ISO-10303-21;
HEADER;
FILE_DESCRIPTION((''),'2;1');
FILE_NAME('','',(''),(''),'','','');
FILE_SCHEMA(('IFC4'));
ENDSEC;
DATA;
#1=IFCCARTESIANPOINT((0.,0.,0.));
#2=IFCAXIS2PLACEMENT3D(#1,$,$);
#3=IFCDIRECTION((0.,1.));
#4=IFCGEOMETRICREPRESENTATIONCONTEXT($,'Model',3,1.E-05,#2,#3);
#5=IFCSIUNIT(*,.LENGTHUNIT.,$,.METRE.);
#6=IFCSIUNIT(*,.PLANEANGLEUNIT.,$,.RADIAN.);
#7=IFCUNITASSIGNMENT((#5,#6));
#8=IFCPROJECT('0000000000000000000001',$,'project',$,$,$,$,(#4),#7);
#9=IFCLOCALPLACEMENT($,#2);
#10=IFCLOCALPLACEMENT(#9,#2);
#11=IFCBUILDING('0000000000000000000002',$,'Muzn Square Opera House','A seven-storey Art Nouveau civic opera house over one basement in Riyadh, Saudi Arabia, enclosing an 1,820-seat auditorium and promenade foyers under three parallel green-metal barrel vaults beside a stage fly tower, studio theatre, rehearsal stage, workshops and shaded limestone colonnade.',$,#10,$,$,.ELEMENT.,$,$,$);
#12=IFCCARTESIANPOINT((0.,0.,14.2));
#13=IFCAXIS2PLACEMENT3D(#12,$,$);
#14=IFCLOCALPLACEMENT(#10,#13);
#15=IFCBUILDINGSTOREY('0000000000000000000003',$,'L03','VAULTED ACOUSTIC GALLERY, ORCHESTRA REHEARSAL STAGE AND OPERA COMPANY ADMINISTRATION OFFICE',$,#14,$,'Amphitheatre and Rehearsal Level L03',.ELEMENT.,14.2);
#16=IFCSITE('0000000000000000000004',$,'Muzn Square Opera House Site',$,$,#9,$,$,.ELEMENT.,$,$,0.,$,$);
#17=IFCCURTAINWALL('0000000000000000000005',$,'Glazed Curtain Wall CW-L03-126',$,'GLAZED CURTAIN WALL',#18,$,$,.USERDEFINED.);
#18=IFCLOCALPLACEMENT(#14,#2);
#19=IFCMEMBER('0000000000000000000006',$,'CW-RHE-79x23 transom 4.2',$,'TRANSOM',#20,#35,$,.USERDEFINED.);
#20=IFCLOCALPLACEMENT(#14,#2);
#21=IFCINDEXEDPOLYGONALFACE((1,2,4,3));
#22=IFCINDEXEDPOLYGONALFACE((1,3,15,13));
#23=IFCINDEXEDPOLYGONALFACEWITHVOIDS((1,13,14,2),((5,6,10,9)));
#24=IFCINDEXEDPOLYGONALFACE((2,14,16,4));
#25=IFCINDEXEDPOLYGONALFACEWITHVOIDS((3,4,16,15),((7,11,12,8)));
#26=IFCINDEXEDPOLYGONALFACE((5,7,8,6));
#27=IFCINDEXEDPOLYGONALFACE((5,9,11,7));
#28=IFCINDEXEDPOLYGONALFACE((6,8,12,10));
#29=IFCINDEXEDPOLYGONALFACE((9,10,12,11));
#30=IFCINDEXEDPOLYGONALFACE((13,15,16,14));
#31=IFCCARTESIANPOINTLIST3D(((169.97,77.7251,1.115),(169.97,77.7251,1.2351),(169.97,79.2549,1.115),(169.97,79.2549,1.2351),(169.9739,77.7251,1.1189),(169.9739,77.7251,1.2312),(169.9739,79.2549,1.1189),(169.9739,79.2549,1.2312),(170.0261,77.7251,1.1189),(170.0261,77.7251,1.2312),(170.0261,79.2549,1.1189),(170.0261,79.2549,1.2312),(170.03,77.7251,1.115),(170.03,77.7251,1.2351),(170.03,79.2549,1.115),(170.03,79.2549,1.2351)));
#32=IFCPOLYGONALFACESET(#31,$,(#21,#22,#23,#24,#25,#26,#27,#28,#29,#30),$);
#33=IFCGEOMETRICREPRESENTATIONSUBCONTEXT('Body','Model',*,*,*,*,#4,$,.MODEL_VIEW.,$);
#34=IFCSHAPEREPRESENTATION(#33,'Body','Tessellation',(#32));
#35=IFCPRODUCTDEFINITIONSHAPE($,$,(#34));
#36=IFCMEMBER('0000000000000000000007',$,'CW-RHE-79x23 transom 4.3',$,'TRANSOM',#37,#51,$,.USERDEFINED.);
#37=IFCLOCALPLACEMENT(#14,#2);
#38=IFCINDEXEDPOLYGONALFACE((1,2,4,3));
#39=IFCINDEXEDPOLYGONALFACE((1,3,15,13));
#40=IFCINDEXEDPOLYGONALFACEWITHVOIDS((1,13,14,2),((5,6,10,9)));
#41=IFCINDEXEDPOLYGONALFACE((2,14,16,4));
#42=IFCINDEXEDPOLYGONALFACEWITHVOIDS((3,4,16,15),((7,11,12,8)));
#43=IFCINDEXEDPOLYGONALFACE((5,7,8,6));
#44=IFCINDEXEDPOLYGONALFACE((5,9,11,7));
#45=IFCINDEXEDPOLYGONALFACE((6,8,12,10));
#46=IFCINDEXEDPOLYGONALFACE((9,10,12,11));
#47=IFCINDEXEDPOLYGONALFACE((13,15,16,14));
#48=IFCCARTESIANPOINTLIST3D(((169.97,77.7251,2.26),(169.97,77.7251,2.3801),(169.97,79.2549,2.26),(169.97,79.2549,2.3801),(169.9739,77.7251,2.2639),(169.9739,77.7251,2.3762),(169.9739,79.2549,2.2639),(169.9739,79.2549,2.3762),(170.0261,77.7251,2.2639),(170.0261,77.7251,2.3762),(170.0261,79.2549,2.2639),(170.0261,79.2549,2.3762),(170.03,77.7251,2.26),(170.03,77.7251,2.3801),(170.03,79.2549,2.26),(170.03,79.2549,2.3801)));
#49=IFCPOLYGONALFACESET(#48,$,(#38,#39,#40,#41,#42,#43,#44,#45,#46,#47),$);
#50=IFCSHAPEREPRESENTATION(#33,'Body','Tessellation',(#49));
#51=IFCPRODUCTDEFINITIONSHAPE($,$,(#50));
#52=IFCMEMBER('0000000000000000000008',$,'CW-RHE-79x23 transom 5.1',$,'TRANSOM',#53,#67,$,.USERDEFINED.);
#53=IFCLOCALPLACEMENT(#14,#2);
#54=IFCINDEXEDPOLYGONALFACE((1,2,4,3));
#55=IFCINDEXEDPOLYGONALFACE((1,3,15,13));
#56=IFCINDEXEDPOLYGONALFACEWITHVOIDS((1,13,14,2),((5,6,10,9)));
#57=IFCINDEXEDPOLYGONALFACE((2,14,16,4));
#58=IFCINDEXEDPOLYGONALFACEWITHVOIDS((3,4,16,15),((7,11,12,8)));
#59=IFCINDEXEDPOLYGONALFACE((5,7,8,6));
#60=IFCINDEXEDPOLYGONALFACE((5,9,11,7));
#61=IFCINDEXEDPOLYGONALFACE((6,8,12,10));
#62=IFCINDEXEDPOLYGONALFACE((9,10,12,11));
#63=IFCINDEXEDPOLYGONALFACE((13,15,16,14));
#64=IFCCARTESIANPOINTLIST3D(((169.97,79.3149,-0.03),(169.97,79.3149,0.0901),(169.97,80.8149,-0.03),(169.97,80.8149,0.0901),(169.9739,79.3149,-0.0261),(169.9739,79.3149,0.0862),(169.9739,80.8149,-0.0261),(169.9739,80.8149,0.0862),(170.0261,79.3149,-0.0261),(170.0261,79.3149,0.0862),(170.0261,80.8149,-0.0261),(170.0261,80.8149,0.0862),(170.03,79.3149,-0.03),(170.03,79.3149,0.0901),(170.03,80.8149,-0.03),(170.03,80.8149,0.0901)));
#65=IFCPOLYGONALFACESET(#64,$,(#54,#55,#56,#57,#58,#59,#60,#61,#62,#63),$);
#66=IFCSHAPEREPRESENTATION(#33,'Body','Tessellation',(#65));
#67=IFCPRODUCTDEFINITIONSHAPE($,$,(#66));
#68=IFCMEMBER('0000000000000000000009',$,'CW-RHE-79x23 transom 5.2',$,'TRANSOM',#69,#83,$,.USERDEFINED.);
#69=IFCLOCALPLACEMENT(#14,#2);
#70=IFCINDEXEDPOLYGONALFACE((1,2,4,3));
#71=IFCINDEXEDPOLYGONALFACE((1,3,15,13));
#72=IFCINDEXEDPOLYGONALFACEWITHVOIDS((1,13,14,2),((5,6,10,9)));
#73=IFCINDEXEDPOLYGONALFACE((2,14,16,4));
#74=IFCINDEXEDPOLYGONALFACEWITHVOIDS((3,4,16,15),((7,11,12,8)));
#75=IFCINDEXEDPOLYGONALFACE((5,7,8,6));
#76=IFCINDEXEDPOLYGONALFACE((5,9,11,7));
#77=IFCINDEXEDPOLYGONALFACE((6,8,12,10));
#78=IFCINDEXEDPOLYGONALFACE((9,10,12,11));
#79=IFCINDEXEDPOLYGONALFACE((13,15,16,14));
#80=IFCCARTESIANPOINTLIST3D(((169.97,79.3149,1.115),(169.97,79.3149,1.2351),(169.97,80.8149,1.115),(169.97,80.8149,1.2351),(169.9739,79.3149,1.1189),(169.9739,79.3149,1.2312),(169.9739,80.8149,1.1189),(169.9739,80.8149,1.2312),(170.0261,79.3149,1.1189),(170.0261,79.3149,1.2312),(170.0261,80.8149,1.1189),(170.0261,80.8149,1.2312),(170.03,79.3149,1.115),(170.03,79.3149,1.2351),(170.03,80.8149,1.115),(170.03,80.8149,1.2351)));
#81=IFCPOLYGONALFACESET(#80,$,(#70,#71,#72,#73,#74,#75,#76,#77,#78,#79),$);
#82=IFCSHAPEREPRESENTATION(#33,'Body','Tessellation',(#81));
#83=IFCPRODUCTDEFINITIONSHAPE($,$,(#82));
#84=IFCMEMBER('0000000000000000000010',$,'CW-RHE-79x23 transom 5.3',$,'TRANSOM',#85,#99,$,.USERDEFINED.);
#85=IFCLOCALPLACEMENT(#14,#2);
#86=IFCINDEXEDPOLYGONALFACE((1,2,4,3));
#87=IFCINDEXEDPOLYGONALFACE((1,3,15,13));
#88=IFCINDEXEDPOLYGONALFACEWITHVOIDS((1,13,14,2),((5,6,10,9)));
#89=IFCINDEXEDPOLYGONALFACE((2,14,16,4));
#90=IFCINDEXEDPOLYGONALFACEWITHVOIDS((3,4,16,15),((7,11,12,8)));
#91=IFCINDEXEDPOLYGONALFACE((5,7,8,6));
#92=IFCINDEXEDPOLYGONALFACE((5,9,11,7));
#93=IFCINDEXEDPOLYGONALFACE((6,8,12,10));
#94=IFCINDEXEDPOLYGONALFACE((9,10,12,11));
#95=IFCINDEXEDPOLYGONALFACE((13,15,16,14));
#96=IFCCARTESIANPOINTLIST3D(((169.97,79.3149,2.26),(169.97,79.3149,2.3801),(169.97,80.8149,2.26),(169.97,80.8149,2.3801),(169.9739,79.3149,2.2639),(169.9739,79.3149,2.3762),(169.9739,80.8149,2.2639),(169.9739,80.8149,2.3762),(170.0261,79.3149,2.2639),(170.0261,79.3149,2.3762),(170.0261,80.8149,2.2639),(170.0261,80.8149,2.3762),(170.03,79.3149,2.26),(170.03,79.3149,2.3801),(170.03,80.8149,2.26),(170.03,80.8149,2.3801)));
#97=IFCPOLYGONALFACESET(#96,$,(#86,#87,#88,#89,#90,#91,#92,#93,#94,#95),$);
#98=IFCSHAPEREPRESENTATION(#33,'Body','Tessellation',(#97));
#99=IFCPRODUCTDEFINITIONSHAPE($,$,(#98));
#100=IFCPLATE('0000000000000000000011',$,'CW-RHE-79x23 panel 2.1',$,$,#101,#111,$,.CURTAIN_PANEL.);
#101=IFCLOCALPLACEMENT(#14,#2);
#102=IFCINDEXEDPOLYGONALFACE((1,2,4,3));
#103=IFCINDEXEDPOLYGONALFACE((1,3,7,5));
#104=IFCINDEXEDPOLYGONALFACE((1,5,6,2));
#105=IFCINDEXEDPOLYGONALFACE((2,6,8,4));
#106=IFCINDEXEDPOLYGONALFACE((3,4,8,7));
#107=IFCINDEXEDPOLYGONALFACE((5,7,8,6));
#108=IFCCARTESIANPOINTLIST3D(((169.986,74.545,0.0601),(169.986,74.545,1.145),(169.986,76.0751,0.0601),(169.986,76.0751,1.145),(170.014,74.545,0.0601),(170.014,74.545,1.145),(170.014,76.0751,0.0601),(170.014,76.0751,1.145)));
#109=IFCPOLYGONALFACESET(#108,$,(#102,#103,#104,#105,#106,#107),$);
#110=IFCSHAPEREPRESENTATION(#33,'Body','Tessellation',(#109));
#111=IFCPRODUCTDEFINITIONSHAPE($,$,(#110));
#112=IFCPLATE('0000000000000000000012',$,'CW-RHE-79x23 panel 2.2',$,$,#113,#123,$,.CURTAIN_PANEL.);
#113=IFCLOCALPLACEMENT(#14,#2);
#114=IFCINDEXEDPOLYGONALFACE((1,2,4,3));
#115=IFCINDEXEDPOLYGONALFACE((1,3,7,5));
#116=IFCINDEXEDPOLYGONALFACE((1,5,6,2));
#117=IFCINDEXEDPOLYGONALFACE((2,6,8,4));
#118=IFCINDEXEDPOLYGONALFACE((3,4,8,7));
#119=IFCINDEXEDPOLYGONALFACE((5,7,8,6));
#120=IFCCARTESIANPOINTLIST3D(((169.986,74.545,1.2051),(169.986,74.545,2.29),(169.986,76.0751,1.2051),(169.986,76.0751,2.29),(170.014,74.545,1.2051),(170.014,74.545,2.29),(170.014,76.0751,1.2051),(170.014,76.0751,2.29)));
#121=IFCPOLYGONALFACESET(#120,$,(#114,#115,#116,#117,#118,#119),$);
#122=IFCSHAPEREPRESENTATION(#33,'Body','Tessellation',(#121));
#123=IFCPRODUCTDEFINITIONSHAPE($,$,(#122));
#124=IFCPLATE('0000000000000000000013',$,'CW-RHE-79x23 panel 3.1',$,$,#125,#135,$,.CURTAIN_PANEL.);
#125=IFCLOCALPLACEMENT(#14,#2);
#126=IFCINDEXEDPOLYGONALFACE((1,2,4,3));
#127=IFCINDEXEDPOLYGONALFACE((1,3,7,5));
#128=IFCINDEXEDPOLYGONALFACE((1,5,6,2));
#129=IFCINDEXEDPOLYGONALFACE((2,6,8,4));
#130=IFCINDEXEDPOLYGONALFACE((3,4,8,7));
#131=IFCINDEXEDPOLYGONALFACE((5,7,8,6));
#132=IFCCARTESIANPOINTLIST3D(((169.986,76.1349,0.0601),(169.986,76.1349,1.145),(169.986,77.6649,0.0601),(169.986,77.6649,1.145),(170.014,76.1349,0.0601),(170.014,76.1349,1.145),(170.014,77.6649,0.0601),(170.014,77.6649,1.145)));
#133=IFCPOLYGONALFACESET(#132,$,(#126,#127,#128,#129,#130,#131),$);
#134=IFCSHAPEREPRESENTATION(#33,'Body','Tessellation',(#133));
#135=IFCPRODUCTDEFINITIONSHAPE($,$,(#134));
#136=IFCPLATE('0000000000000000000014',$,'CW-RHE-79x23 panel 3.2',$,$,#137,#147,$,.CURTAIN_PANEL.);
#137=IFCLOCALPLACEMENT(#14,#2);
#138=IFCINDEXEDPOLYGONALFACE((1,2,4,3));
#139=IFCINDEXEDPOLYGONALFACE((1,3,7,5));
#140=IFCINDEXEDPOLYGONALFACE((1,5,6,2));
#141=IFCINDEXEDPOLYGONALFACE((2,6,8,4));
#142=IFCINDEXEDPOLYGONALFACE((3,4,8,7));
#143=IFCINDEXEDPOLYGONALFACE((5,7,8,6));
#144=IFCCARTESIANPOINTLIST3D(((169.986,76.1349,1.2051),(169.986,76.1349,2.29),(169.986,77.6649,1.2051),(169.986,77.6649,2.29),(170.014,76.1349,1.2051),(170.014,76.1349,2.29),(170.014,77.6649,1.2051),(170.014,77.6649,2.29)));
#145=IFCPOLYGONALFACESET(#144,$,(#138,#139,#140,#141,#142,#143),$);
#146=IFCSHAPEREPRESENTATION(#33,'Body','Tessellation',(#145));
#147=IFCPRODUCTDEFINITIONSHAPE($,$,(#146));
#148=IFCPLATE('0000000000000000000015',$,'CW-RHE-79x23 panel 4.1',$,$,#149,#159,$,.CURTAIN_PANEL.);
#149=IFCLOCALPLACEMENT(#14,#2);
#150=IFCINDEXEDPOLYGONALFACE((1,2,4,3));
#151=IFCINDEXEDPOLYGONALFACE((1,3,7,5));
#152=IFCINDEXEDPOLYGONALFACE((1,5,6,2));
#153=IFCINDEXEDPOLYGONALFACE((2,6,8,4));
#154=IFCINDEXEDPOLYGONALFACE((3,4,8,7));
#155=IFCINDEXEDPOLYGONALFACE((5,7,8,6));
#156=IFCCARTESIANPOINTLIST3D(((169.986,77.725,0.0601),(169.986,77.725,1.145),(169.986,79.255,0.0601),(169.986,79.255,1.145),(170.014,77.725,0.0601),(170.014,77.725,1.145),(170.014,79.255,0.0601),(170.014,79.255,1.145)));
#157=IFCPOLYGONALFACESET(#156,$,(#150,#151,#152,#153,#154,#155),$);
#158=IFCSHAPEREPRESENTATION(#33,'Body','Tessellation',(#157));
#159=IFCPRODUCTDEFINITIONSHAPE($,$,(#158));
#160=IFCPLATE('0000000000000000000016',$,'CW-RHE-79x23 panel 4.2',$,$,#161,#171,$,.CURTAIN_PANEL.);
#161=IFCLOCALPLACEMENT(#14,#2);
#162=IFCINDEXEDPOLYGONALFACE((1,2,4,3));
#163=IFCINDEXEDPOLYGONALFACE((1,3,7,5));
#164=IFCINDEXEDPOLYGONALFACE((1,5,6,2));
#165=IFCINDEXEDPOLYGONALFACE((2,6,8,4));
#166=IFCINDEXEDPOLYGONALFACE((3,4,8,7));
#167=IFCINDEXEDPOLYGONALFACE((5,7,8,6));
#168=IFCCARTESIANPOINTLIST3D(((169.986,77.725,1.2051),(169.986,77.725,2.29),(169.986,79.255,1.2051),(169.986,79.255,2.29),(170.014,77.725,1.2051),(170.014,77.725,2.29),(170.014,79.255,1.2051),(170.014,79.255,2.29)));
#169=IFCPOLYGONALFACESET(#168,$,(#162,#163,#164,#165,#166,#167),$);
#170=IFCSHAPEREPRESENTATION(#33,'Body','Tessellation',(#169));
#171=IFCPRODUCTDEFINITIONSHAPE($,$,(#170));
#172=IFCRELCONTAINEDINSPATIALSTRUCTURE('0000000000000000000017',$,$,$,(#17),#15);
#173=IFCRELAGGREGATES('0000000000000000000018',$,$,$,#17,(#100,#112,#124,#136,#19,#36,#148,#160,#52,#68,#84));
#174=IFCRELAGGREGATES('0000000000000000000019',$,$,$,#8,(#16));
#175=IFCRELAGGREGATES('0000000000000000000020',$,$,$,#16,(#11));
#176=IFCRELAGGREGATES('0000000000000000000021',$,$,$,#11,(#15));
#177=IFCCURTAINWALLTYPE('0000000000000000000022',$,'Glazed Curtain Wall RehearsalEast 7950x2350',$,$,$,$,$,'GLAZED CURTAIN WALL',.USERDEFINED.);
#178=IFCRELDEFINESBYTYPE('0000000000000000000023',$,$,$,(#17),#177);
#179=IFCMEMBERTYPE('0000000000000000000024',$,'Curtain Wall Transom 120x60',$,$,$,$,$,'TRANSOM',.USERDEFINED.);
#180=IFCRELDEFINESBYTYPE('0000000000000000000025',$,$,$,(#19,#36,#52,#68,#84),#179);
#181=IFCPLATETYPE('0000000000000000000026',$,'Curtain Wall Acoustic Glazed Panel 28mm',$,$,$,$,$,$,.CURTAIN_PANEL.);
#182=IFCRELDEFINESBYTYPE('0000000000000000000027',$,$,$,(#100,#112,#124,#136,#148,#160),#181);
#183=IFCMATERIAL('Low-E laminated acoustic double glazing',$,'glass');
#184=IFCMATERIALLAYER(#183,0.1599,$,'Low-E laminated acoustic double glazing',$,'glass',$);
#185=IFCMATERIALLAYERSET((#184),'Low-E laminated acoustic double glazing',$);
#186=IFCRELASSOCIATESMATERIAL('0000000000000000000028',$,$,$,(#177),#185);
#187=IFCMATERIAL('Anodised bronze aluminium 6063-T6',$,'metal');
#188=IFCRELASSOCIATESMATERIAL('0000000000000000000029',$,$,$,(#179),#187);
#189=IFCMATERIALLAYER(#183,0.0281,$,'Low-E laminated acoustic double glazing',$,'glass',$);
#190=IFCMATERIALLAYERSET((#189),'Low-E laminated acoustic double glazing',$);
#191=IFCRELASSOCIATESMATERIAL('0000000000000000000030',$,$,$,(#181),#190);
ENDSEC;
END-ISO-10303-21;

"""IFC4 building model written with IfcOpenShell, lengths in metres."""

from ifc_helpers import new_model, si_unit, direction, frame, origin, origin_2d, place, context, subcontext, project, spatial, rectangle, hollow_rectangle, extrude, material, layer, layer_set, material_profile, profile_set, type_object, element, aggregate, save


model = new_model("IFC4")

# Units and contexts
model_context = context("Model", 3, precision=1e-05, world=origin(), true_north=direction((0.0, 1.0)))
body_context = subcontext(model_context, "Body", "Model", "MODEL_VIEW")
ifc_project = project(units=[si_unit("LENGTHUNIT", "METRE"), si_unit("PLANEANGLEUNIT", "RADIAN")], contexts=[model_context])

# Site, building, storey
site_placement = place(None, origin())
site = spatial("IfcSite", under=ifc_project, at=site_placement, Name="Muzn Square Opera House Site", CompositionType="ELEMENT", RefElevation=0.0)
building_placement = place(site_placement, origin())
building = spatial("IfcBuilding", under=site, at=building_placement, Name="Muzn Square Opera House", Description="A seven-storey Art Nouveau civic opera house over one basement in Riyadh, Saudi Arabia, enclosing an 1,820-seat auditorium and promenade foyers under three parallel green-metal barrel vaults beside a stage fly tower, studio theatre, rehearsal stage, workshops and shaded limestone colonnade.", CompositionType="ELEMENT")
storey_placement = place(building_placement, frame((0.0, 0.0, 14.2)))
storey = spatial("IfcBuildingStorey", under=building, at=storey_placement, Name="L03", Description="VAULTED ACOUSTIC GALLERY, ORCHESTRA REHEARSAL STAGE AND OPERA COMPANY ADMINISTRATION OFFICE", LongName="Amphitheatre and Rehearsal Level L03", CompositionType="ELEMENT", Elevation=14.2)

# Curtain wall, members, plates
ifc_material_1 = material(Name="Low-E laminated acoustic double glazing", Category="glass")
ifc_layer_1 = layer(ifc_material_1, 0.1599, Name="Low-E laminated acoustic double glazing", Category="glass")
ifc_layer_set_1 = layer_set([ifc_layer_1], Name="Low-E laminated acoustic double glazing")
curtain_wall_type = type_object("IfcCurtainWallType", Name="Glazed Curtain Wall RehearsalEast 7950x2350", ElementType="GLAZED CURTAIN WALL", PredefinedType="USERDEFINED", material=ifc_layer_set_1)
curtain_wall_placement = place(storey_placement, origin())
curtain_wall = element("IfcCurtainWall", 1, at=curtain_wall_placement, inside=storey, type_object=curtain_wall_type, Name="Glazed Curtain Wall CW-L03-126", ObjectType="GLAZED CURTAIN WALL", PredefinedType="USERDEFINED")
ifc_material_2 = material(Name="Anodised bronze aluminium 6063-T6", Category="metal")
ifc_material_profile_1 = material_profile(ifc_material_2, hollow_rectangle(XDim=0.0601, YDim=0.1201, WallThickness=0.0039, at=origin_2d()), Name="ALU 120x60x4", Category="metal")
ifc_profile_set_1 = profile_set([ifc_material_profile_1], Name="Anodised bronze aluminium 6063-T6")
member_type_1 = type_object("IfcMemberType", Name="Curtain Wall Transom 120x60", ElementType="TRANSOM", PredefinedType="USERDEFINED", material=ifc_profile_set_1)
member_1_placement = place(storey_placement, frame((170.0, 77.7251, 1.175), z_axis=(0.0, 1.0, 0.0), x_axis=(-1.0, 0.0, 0.0)))
member_1 = element("IfcMember", 2, at=member_1_placement, type_object=member_type_1, Name="CW-RHE-79x23 transom 4.2", ObjectType="TRANSOM", PredefinedType="USERDEFINED", context=body_context, shape_type="SweptSolid", body=[
    extrude(hollow_rectangle(XDim=0.0601, YDim=0.1201, WallThickness=0.0039, at=origin_2d()), origin(), (0.0, 0.0, 1.0), 1.5298),
])
member_2_placement = place(storey_placement, frame((170.0, 77.7251, 2.3201), z_axis=(0.0, 1.0, 0.0), x_axis=(-1.0, 0.0, 0.0)))
member_2 = element("IfcMember", 3, at=member_2_placement, type_object=member_type_1, Name="CW-RHE-79x23 transom 4.3", ObjectType="TRANSOM", PredefinedType="USERDEFINED", context=body_context, shape_type="SweptSolid", body=[
    extrude(hollow_rectangle(XDim=0.0601, YDim=0.1201, WallThickness=0.0039, at=origin_2d()), origin(), (0.0, 0.0, 1.0), 1.5298),
])
member_3_placement = place(storey_placement, frame((170.0, 79.3149, 0.03), z_axis=(0.0, 1.0, 0.0), x_axis=(-1.0, 0.0, 0.0)))
member_3 = element("IfcMember", 4, at=member_3_placement, type_object=member_type_1, Name="CW-RHE-79x23 transom 5.1", ObjectType="TRANSOM", PredefinedType="USERDEFINED", context=body_context, shape_type="SweptSolid", body=[
    extrude(hollow_rectangle(XDim=0.0601, YDim=0.1201, WallThickness=0.0039, at=origin_2d()), origin(), (0.0, 0.0, 1.0), 1.5),
])
member_4_placement = place(storey_placement, frame((170.0, 79.3149, 1.175), z_axis=(0.0, 1.0, 0.0), x_axis=(-1.0, 0.0, 0.0)))
member_4 = element("IfcMember", 5, at=member_4_placement, type_object=member_type_1, Name="CW-RHE-79x23 transom 5.2", ObjectType="TRANSOM", PredefinedType="USERDEFINED", context=body_context, shape_type="SweptSolid", body=[
    extrude(hollow_rectangle(XDim=0.0601, YDim=0.1201, WallThickness=0.0039, at=origin_2d()), origin(), (0.0, 0.0, 1.0), 1.5),
])
member_5_placement = place(storey_placement, frame((170.0, 79.3149, 2.3201), z_axis=(0.0, 1.0, 0.0), x_axis=(-1.0, 0.0, 0.0)))
member_5 = element("IfcMember", 6, at=member_5_placement, type_object=member_type_1, Name="CW-RHE-79x23 transom 5.3", ObjectType="TRANSOM", PredefinedType="USERDEFINED", context=body_context, shape_type="SweptSolid", body=[
    extrude(hollow_rectangle(XDim=0.0601, YDim=0.1201, WallThickness=0.0039, at=origin_2d()), origin(), (0.0, 0.0, 1.0), 1.5),
])
ifc_layer_2 = layer(ifc_material_1, 0.0281, Name="Low-E laminated acoustic double glazing", Category="glass")
ifc_layer_set_2 = layer_set([ifc_layer_2], Name="Low-E laminated acoustic double glazing")
plate_type = type_object("IfcPlateType", Name="Curtain Wall Acoustic Glazed Panel 28mm", PredefinedType="CURTAIN_PANEL", material=ifc_layer_set_2)
plate_1_placement = place(storey_placement, frame((170.0, 75.3101, 0.0601), z_axis=(0.0, 0.0, 1.0), x_axis=(0.0, 1.0, 0.0)))
plate_1 = element("IfcPlate", 7, at=plate_1_placement, type_object=plate_type, Name="CW-RHE-79x23 panel 2.1", PredefinedType="CURTAIN_PANEL", context=body_context, shape_type="SweptSolid", body=[
    extrude(rectangle(XDim=1.53, YDim=0.0281, at=origin_2d()), origin(), (0.0, 0.0, 1.0), 1.085),
])
plate_2_placement = place(storey_placement, frame((170.0, 75.3101, 1.2051), z_axis=(0.0, 0.0, 1.0), x_axis=(0.0, 1.0, 0.0)))
plate_2 = element("IfcPlate", 8, at=plate_2_placement, type_object=plate_type, Name="CW-RHE-79x23 panel 2.2", PredefinedType="CURTAIN_PANEL", context=body_context, shape_type="SweptSolid", body=[
    extrude(rectangle(XDim=1.53, YDim=0.0281, at=origin_2d()), origin(), (0.0, 0.0, 1.0), 1.085),
])
plate_3_placement = place(storey_placement, frame((170.0, 76.8999, 0.0601), z_axis=(0.0, 0.0, 1.0), x_axis=(0.0, 1.0, 0.0)))
plate_3 = element("IfcPlate", 9, at=plate_3_placement, type_object=plate_type, Name="CW-RHE-79x23 panel 3.1", PredefinedType="CURTAIN_PANEL", context=body_context, shape_type="SweptSolid", body=[
    extrude(rectangle(XDim=1.53, YDim=0.0281, at=origin_2d()), origin(), (0.0, 0.0, 1.0), 1.085),
])
plate_4_placement = place(storey_placement, frame((170.0, 76.8999, 1.2051), z_axis=(0.0, 0.0, 1.0), x_axis=(0.0, 1.0, 0.0)))
plate_4 = element("IfcPlate", 10, at=plate_4_placement, type_object=plate_type, Name="CW-RHE-79x23 panel 3.2", PredefinedType="CURTAIN_PANEL", context=body_context, shape_type="SweptSolid", body=[
    extrude(rectangle(XDim=1.53, YDim=0.0281, at=origin_2d()), origin(), (0.0, 0.0, 1.0), 1.085),
])
plate_5_placement = place(storey_placement, frame((170.0, 78.49, 0.0601), z_axis=(0.0, 0.0, 1.0), x_axis=(0.0, 1.0, 0.0)))
plate_5 = element("IfcPlate", 11, at=plate_5_placement, type_object=plate_type, Name="CW-RHE-79x23 panel 4.1", PredefinedType="CURTAIN_PANEL", context=body_context, shape_type="SweptSolid", body=[
    extrude(rectangle(XDim=1.53, YDim=0.0281, at=origin_2d()), origin(), (0.0, 0.0, 1.0), 1.085),
])
plate_6_placement = place(storey_placement, frame((170.0, 78.49, 1.2051), z_axis=(0.0, 0.0, 1.0), x_axis=(0.0, 1.0, 0.0)))
plate_6 = element("IfcPlate", 12, at=plate_6_placement, type_object=plate_type, Name="CW-RHE-79x23 panel 4.2", PredefinedType="CURTAIN_PANEL", context=body_context, shape_type="SweptSolid", body=[
    extrude(rectangle(XDim=1.53, YDim=0.0281, at=origin_2d()), origin(), (0.0, 0.0, 1.0), 1.085),
])
aggregate(curtain_wall, [plate_1, plate_2, plate_3, plate_4, member_1, member_2, plate_5, plate_6, member_3, member_4, member_5])

save(model, "model.ifc")
